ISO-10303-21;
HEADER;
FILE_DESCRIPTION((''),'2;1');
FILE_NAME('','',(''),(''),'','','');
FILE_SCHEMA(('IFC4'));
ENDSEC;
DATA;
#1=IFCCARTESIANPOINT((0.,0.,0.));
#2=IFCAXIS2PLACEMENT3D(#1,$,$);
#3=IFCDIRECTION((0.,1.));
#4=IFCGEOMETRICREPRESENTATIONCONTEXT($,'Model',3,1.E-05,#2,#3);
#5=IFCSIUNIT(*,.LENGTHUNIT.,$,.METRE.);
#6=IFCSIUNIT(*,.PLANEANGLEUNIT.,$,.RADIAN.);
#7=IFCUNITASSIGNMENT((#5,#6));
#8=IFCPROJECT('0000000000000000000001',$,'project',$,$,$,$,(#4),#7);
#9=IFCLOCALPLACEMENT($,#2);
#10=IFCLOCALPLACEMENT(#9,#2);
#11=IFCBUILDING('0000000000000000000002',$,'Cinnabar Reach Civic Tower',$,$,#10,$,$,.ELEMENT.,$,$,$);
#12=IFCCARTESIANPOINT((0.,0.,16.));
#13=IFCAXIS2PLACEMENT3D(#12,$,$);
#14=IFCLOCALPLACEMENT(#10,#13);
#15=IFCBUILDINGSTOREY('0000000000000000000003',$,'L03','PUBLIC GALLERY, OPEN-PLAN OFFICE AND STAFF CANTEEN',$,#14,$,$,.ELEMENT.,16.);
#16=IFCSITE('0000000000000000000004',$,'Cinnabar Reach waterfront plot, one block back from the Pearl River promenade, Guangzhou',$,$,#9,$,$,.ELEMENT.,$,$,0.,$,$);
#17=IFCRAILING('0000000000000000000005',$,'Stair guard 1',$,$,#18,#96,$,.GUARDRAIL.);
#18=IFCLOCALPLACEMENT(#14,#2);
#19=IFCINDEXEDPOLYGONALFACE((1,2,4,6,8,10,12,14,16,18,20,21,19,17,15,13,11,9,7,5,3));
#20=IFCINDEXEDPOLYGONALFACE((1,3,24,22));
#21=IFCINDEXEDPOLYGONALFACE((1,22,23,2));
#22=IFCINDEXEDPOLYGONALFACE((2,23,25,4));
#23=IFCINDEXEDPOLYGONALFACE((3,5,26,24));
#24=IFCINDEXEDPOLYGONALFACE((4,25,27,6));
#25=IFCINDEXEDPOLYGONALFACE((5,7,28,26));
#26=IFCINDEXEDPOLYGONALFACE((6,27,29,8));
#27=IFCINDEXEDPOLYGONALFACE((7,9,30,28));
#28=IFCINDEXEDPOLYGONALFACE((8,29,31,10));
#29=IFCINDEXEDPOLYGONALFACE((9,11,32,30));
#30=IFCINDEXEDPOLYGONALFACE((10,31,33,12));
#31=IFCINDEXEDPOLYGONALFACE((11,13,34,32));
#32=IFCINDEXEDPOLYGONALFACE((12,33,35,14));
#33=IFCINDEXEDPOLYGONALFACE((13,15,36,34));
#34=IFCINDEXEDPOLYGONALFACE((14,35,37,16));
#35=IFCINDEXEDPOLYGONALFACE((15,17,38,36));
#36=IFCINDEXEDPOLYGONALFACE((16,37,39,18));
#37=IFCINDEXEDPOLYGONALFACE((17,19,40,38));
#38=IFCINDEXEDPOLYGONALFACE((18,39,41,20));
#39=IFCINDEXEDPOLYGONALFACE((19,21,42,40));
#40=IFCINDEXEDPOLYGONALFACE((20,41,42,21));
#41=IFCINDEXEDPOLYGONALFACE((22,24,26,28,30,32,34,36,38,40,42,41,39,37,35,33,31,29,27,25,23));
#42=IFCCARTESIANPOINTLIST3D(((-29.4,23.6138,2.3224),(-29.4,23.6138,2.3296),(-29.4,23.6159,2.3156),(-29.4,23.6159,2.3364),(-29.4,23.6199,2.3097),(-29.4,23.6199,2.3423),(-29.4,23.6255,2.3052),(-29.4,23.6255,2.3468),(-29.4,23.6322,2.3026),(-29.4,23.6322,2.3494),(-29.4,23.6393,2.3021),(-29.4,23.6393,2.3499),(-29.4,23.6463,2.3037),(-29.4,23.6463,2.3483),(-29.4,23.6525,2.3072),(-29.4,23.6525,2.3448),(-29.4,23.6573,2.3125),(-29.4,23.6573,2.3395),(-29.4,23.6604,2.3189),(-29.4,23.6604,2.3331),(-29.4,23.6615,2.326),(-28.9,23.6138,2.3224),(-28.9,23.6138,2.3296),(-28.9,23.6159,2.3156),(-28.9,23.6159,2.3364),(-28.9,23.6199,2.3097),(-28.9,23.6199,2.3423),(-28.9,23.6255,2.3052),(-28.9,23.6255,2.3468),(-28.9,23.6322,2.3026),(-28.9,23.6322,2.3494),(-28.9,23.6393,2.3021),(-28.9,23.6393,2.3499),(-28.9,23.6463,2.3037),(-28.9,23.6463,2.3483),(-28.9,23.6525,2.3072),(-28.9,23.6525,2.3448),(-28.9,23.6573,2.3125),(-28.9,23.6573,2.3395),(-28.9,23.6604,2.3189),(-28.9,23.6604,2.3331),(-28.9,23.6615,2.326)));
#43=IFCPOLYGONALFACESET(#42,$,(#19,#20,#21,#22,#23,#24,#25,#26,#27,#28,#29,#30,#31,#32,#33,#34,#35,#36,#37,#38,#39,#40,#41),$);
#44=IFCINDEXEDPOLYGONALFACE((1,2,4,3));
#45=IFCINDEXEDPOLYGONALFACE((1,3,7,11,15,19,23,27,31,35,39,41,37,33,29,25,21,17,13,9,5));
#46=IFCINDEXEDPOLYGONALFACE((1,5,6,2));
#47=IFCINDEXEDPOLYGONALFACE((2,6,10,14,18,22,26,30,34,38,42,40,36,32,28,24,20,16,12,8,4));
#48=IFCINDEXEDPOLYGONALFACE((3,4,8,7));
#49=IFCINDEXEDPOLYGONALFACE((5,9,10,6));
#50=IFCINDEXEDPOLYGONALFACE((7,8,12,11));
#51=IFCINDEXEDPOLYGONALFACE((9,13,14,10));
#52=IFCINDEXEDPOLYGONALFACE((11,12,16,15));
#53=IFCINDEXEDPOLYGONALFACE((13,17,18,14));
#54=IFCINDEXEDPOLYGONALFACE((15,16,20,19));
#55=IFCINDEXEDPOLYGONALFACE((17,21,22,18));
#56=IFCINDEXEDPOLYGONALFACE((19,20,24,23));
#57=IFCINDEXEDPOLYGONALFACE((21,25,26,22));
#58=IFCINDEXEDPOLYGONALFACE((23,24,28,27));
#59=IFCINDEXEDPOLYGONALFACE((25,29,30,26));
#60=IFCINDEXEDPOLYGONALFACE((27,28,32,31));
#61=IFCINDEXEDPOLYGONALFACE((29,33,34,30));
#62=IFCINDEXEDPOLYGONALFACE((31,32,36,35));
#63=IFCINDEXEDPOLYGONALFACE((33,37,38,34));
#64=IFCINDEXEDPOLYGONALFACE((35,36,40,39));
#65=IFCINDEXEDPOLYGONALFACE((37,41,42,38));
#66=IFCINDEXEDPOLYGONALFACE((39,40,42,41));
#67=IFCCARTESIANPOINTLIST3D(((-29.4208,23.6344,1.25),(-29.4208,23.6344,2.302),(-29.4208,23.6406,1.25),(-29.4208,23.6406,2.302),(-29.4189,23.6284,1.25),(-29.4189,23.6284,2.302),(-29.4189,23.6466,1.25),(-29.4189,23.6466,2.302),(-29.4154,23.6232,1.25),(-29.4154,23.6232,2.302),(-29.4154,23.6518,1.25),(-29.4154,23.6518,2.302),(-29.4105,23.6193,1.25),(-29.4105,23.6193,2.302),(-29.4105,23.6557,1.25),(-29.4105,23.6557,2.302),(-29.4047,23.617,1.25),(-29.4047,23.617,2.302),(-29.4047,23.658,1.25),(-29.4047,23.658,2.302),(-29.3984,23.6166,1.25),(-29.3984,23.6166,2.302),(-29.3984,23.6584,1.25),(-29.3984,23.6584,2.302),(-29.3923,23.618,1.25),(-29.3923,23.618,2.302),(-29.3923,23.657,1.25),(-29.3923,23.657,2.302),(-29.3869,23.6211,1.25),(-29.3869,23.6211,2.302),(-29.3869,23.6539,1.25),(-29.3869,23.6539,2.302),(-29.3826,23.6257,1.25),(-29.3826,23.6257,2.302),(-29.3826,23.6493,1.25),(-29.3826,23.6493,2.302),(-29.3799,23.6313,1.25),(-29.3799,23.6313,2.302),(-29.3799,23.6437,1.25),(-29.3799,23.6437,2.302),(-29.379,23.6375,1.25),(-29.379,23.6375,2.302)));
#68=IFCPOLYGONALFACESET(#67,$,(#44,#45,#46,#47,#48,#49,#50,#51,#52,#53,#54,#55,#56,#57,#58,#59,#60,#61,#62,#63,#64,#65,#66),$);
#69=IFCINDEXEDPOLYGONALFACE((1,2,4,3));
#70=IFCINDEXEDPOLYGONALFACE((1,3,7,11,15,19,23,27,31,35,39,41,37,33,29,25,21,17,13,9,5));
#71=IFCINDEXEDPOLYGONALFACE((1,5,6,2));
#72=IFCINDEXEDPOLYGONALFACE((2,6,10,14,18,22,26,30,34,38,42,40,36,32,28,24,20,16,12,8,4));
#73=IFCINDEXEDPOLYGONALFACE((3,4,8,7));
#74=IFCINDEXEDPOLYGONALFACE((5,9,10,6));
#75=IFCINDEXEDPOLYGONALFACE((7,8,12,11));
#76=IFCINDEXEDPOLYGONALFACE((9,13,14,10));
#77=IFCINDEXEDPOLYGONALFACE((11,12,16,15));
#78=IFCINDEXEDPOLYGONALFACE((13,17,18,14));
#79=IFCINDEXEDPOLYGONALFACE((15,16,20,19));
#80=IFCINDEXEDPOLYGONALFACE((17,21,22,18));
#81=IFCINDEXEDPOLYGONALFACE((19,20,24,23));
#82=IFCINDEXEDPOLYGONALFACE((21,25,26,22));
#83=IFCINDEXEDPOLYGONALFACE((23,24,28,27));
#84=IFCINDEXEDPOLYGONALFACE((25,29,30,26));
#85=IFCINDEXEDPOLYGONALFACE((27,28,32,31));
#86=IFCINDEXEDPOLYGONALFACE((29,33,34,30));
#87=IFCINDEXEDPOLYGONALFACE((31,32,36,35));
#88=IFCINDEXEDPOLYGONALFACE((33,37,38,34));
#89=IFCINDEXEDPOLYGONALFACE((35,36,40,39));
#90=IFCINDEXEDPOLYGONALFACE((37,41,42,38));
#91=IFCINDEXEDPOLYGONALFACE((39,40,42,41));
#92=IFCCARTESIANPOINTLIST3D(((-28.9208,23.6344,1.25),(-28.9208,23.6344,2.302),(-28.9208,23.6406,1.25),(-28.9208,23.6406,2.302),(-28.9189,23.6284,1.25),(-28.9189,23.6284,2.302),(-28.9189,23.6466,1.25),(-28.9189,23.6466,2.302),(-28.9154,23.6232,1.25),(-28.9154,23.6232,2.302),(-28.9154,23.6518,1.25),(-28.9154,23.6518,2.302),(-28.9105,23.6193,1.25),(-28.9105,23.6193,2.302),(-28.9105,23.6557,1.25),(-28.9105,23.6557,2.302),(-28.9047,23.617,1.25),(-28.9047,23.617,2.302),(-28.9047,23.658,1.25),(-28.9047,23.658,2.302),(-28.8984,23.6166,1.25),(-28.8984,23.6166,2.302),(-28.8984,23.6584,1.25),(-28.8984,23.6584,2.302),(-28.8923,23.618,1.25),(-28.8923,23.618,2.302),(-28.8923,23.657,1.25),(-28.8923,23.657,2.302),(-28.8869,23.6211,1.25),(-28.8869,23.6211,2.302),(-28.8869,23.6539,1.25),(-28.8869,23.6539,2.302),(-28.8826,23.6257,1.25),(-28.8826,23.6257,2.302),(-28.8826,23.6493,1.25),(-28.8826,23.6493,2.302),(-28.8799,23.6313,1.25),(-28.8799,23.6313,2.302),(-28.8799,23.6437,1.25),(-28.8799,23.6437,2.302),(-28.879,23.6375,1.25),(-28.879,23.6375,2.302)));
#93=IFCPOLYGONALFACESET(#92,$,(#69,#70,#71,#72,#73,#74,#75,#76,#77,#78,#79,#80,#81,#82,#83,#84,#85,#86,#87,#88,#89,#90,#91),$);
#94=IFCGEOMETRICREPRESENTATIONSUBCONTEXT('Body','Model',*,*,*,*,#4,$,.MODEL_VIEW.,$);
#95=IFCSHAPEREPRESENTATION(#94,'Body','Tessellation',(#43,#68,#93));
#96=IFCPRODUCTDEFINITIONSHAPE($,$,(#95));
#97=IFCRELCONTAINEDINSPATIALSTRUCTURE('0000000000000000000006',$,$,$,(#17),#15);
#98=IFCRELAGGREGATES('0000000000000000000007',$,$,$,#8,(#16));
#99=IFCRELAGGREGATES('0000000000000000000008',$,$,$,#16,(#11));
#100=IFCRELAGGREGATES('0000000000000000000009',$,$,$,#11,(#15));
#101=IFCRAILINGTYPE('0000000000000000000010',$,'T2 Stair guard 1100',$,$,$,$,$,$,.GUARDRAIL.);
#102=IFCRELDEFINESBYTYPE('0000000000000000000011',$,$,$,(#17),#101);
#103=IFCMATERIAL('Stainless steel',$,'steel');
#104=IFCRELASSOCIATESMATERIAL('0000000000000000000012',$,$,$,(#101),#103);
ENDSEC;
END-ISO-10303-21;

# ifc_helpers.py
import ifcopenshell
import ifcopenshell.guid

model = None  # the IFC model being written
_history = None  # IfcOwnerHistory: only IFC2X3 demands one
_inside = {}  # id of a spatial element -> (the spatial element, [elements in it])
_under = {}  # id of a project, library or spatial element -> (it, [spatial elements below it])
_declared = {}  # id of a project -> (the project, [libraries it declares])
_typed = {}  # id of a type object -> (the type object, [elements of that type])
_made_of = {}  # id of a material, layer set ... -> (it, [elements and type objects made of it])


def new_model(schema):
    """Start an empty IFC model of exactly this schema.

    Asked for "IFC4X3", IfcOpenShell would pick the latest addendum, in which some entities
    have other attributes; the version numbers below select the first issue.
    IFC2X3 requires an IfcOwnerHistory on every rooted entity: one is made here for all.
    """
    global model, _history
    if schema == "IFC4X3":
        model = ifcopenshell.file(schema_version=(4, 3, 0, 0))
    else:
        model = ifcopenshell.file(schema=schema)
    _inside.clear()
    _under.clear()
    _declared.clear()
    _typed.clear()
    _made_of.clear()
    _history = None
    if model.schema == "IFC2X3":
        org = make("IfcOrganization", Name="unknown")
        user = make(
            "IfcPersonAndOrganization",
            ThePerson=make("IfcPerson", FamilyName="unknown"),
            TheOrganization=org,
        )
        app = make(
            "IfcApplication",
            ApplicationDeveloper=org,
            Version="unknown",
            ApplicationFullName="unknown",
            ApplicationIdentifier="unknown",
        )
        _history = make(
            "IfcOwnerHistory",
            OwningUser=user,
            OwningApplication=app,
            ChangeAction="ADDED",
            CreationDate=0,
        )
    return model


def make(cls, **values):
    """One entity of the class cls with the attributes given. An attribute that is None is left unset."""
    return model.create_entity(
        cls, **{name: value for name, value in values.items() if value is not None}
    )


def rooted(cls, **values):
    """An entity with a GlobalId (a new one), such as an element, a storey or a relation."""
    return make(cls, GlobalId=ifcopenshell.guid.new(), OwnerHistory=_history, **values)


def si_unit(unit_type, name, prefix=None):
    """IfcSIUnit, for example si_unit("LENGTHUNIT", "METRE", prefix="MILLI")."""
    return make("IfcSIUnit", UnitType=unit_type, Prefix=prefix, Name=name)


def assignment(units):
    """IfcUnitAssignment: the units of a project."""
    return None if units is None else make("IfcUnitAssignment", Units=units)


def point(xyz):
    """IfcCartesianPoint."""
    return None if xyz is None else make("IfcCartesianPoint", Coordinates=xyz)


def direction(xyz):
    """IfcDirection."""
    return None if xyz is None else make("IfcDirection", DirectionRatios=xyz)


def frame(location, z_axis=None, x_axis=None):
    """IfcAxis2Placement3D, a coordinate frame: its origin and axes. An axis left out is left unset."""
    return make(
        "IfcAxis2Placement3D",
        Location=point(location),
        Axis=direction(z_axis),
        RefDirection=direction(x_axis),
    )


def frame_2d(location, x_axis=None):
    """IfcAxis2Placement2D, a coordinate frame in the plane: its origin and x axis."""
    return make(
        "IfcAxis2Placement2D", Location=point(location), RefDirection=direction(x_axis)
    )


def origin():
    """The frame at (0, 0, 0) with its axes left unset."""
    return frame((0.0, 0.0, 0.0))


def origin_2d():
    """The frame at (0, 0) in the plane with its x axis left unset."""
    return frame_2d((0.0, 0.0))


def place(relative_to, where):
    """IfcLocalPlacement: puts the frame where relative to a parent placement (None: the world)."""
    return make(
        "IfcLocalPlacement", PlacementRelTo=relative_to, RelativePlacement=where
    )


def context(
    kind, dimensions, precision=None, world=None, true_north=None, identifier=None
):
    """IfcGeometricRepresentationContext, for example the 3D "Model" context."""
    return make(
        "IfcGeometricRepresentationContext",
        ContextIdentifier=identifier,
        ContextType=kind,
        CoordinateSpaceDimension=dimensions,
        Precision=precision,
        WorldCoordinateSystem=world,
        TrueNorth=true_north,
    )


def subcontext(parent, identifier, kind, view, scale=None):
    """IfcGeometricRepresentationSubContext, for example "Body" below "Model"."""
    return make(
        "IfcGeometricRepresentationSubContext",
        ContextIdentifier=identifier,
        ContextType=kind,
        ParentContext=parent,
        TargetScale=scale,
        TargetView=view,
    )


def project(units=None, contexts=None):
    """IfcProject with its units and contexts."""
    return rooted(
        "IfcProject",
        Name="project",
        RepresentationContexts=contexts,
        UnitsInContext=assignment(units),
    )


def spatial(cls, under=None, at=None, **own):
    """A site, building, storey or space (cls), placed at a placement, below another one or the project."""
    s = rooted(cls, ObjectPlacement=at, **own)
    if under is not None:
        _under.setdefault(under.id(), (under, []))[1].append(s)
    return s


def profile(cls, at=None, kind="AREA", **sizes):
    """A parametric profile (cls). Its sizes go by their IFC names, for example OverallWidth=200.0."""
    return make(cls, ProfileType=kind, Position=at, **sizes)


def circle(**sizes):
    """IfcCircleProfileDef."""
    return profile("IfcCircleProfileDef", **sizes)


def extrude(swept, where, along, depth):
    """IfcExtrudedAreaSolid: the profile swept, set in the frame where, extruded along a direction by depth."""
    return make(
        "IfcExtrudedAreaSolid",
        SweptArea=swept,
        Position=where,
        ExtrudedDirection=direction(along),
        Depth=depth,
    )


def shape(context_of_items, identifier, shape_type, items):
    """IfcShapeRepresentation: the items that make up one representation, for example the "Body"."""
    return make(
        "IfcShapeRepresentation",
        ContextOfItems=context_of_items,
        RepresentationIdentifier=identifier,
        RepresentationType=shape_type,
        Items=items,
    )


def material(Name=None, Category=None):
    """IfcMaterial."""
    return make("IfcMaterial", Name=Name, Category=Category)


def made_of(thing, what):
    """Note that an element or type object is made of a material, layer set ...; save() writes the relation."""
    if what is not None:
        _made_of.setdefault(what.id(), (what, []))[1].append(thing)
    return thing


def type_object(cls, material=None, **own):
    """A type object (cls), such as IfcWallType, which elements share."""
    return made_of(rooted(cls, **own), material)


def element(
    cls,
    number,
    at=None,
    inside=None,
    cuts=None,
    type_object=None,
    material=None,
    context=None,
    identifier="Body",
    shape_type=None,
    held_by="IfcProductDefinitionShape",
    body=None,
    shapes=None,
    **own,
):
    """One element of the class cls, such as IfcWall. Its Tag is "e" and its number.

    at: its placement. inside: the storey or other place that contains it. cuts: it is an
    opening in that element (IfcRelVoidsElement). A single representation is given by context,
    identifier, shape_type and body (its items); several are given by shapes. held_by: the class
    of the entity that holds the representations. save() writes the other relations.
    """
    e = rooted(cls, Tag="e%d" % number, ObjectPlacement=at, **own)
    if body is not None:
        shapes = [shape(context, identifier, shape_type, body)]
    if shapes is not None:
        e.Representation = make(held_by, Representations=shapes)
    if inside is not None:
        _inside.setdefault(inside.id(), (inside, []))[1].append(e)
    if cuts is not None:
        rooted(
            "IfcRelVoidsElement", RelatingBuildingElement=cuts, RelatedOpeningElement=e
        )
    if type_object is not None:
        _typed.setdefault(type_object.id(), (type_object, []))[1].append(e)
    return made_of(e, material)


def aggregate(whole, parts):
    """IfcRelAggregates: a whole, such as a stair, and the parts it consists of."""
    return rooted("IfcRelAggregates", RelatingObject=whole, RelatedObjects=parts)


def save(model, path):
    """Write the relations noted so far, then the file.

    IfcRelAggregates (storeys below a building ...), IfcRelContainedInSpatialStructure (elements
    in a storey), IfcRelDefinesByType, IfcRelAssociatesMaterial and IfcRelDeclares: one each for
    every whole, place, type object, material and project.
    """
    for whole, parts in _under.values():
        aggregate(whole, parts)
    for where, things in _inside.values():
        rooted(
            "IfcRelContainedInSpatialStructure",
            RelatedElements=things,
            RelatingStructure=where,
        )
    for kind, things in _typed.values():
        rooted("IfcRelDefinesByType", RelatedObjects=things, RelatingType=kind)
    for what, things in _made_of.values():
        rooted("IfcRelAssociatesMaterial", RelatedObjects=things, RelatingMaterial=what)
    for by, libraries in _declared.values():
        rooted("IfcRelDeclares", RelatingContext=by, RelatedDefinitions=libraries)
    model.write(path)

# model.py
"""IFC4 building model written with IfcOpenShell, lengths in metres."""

from ifc_helpers import new_model, si_unit, direction, frame, origin, origin_2d, place, context, subcontext, project, spatial, circle, extrude, material, type_object, element, save


model = new_model("IFC4")

# Units and contexts
model_context = context("Model", 3, precision=1e-05, world=origin(), true_north=direction((0.0, 1.0)))
body_context = subcontext(model_context, "Body", "Model", "MODEL_VIEW")
ifc_project = project(units=[si_unit("LENGTHUNIT", "METRE"), si_unit("PLANEANGLEUNIT", "RADIAN")], contexts=[model_context])

# Site, building, storey
site_placement = place(None, origin())
site = spatial("IfcSite", under=ifc_project, at=site_placement, Name="Cinnabar Reach waterfront plot, one block back from the Pearl River promenade, Guangzhou", CompositionType="ELEMENT", RefElevation=0.0)
building_placement = place(site_placement, origin())
building = spatial("IfcBuilding", under=site, at=building_placement, Name="Cinnabar Reach Civic Tower", CompositionType="ELEMENT")
storey_placement = place(building_placement, frame((0.0, 0.0, 16.0)))
storey = spatial("IfcBuildingStorey", under=building, at=storey_placement, Name="L03", Description="PUBLIC GALLERY, OPEN-PLAN OFFICE AND STAFF CANTEEN", CompositionType="ELEMENT", Elevation=16.0)

# Railing
ifc_material_1 = material(Name="Stainless steel", Category="steel")
railing_type = type_object("IfcRailingType", Name="T2 Stair guard 1100", PredefinedType="GUARDRAIL", material=ifc_material_1)
railing_1_placement = place(storey_placement, frame((-29.4, 23.6375, 1.25)))
element("IfcRailing", 1, at=railing_1_placement, inside=storey, type_object=railing_type, Name="Stair guard 1", PredefinedType="GUARDRAIL", context=body_context, shape_type="SweptSolid", body=[
    extrude(circle(Radius=0.024, at=origin_2d()), frame((0.0, 0.0, 1.076), z_axis=(1.0, 0.0, 0.0), x_axis=(0.0, 1.0, 0.0)), (0.0, 0.0, 1.0), 0.5),
    extrude(circle(Radius=0.021, at=origin_2d()), origin(), (0.0, 0.0, 1.0), 1.052),
    extrude(circle(Radius=0.021, at=origin_2d()), frame((0.5, 0.0, 0.0)), (0.0, 0.0, 1.0), 1.052),
])

save(model, "model.ifc")
